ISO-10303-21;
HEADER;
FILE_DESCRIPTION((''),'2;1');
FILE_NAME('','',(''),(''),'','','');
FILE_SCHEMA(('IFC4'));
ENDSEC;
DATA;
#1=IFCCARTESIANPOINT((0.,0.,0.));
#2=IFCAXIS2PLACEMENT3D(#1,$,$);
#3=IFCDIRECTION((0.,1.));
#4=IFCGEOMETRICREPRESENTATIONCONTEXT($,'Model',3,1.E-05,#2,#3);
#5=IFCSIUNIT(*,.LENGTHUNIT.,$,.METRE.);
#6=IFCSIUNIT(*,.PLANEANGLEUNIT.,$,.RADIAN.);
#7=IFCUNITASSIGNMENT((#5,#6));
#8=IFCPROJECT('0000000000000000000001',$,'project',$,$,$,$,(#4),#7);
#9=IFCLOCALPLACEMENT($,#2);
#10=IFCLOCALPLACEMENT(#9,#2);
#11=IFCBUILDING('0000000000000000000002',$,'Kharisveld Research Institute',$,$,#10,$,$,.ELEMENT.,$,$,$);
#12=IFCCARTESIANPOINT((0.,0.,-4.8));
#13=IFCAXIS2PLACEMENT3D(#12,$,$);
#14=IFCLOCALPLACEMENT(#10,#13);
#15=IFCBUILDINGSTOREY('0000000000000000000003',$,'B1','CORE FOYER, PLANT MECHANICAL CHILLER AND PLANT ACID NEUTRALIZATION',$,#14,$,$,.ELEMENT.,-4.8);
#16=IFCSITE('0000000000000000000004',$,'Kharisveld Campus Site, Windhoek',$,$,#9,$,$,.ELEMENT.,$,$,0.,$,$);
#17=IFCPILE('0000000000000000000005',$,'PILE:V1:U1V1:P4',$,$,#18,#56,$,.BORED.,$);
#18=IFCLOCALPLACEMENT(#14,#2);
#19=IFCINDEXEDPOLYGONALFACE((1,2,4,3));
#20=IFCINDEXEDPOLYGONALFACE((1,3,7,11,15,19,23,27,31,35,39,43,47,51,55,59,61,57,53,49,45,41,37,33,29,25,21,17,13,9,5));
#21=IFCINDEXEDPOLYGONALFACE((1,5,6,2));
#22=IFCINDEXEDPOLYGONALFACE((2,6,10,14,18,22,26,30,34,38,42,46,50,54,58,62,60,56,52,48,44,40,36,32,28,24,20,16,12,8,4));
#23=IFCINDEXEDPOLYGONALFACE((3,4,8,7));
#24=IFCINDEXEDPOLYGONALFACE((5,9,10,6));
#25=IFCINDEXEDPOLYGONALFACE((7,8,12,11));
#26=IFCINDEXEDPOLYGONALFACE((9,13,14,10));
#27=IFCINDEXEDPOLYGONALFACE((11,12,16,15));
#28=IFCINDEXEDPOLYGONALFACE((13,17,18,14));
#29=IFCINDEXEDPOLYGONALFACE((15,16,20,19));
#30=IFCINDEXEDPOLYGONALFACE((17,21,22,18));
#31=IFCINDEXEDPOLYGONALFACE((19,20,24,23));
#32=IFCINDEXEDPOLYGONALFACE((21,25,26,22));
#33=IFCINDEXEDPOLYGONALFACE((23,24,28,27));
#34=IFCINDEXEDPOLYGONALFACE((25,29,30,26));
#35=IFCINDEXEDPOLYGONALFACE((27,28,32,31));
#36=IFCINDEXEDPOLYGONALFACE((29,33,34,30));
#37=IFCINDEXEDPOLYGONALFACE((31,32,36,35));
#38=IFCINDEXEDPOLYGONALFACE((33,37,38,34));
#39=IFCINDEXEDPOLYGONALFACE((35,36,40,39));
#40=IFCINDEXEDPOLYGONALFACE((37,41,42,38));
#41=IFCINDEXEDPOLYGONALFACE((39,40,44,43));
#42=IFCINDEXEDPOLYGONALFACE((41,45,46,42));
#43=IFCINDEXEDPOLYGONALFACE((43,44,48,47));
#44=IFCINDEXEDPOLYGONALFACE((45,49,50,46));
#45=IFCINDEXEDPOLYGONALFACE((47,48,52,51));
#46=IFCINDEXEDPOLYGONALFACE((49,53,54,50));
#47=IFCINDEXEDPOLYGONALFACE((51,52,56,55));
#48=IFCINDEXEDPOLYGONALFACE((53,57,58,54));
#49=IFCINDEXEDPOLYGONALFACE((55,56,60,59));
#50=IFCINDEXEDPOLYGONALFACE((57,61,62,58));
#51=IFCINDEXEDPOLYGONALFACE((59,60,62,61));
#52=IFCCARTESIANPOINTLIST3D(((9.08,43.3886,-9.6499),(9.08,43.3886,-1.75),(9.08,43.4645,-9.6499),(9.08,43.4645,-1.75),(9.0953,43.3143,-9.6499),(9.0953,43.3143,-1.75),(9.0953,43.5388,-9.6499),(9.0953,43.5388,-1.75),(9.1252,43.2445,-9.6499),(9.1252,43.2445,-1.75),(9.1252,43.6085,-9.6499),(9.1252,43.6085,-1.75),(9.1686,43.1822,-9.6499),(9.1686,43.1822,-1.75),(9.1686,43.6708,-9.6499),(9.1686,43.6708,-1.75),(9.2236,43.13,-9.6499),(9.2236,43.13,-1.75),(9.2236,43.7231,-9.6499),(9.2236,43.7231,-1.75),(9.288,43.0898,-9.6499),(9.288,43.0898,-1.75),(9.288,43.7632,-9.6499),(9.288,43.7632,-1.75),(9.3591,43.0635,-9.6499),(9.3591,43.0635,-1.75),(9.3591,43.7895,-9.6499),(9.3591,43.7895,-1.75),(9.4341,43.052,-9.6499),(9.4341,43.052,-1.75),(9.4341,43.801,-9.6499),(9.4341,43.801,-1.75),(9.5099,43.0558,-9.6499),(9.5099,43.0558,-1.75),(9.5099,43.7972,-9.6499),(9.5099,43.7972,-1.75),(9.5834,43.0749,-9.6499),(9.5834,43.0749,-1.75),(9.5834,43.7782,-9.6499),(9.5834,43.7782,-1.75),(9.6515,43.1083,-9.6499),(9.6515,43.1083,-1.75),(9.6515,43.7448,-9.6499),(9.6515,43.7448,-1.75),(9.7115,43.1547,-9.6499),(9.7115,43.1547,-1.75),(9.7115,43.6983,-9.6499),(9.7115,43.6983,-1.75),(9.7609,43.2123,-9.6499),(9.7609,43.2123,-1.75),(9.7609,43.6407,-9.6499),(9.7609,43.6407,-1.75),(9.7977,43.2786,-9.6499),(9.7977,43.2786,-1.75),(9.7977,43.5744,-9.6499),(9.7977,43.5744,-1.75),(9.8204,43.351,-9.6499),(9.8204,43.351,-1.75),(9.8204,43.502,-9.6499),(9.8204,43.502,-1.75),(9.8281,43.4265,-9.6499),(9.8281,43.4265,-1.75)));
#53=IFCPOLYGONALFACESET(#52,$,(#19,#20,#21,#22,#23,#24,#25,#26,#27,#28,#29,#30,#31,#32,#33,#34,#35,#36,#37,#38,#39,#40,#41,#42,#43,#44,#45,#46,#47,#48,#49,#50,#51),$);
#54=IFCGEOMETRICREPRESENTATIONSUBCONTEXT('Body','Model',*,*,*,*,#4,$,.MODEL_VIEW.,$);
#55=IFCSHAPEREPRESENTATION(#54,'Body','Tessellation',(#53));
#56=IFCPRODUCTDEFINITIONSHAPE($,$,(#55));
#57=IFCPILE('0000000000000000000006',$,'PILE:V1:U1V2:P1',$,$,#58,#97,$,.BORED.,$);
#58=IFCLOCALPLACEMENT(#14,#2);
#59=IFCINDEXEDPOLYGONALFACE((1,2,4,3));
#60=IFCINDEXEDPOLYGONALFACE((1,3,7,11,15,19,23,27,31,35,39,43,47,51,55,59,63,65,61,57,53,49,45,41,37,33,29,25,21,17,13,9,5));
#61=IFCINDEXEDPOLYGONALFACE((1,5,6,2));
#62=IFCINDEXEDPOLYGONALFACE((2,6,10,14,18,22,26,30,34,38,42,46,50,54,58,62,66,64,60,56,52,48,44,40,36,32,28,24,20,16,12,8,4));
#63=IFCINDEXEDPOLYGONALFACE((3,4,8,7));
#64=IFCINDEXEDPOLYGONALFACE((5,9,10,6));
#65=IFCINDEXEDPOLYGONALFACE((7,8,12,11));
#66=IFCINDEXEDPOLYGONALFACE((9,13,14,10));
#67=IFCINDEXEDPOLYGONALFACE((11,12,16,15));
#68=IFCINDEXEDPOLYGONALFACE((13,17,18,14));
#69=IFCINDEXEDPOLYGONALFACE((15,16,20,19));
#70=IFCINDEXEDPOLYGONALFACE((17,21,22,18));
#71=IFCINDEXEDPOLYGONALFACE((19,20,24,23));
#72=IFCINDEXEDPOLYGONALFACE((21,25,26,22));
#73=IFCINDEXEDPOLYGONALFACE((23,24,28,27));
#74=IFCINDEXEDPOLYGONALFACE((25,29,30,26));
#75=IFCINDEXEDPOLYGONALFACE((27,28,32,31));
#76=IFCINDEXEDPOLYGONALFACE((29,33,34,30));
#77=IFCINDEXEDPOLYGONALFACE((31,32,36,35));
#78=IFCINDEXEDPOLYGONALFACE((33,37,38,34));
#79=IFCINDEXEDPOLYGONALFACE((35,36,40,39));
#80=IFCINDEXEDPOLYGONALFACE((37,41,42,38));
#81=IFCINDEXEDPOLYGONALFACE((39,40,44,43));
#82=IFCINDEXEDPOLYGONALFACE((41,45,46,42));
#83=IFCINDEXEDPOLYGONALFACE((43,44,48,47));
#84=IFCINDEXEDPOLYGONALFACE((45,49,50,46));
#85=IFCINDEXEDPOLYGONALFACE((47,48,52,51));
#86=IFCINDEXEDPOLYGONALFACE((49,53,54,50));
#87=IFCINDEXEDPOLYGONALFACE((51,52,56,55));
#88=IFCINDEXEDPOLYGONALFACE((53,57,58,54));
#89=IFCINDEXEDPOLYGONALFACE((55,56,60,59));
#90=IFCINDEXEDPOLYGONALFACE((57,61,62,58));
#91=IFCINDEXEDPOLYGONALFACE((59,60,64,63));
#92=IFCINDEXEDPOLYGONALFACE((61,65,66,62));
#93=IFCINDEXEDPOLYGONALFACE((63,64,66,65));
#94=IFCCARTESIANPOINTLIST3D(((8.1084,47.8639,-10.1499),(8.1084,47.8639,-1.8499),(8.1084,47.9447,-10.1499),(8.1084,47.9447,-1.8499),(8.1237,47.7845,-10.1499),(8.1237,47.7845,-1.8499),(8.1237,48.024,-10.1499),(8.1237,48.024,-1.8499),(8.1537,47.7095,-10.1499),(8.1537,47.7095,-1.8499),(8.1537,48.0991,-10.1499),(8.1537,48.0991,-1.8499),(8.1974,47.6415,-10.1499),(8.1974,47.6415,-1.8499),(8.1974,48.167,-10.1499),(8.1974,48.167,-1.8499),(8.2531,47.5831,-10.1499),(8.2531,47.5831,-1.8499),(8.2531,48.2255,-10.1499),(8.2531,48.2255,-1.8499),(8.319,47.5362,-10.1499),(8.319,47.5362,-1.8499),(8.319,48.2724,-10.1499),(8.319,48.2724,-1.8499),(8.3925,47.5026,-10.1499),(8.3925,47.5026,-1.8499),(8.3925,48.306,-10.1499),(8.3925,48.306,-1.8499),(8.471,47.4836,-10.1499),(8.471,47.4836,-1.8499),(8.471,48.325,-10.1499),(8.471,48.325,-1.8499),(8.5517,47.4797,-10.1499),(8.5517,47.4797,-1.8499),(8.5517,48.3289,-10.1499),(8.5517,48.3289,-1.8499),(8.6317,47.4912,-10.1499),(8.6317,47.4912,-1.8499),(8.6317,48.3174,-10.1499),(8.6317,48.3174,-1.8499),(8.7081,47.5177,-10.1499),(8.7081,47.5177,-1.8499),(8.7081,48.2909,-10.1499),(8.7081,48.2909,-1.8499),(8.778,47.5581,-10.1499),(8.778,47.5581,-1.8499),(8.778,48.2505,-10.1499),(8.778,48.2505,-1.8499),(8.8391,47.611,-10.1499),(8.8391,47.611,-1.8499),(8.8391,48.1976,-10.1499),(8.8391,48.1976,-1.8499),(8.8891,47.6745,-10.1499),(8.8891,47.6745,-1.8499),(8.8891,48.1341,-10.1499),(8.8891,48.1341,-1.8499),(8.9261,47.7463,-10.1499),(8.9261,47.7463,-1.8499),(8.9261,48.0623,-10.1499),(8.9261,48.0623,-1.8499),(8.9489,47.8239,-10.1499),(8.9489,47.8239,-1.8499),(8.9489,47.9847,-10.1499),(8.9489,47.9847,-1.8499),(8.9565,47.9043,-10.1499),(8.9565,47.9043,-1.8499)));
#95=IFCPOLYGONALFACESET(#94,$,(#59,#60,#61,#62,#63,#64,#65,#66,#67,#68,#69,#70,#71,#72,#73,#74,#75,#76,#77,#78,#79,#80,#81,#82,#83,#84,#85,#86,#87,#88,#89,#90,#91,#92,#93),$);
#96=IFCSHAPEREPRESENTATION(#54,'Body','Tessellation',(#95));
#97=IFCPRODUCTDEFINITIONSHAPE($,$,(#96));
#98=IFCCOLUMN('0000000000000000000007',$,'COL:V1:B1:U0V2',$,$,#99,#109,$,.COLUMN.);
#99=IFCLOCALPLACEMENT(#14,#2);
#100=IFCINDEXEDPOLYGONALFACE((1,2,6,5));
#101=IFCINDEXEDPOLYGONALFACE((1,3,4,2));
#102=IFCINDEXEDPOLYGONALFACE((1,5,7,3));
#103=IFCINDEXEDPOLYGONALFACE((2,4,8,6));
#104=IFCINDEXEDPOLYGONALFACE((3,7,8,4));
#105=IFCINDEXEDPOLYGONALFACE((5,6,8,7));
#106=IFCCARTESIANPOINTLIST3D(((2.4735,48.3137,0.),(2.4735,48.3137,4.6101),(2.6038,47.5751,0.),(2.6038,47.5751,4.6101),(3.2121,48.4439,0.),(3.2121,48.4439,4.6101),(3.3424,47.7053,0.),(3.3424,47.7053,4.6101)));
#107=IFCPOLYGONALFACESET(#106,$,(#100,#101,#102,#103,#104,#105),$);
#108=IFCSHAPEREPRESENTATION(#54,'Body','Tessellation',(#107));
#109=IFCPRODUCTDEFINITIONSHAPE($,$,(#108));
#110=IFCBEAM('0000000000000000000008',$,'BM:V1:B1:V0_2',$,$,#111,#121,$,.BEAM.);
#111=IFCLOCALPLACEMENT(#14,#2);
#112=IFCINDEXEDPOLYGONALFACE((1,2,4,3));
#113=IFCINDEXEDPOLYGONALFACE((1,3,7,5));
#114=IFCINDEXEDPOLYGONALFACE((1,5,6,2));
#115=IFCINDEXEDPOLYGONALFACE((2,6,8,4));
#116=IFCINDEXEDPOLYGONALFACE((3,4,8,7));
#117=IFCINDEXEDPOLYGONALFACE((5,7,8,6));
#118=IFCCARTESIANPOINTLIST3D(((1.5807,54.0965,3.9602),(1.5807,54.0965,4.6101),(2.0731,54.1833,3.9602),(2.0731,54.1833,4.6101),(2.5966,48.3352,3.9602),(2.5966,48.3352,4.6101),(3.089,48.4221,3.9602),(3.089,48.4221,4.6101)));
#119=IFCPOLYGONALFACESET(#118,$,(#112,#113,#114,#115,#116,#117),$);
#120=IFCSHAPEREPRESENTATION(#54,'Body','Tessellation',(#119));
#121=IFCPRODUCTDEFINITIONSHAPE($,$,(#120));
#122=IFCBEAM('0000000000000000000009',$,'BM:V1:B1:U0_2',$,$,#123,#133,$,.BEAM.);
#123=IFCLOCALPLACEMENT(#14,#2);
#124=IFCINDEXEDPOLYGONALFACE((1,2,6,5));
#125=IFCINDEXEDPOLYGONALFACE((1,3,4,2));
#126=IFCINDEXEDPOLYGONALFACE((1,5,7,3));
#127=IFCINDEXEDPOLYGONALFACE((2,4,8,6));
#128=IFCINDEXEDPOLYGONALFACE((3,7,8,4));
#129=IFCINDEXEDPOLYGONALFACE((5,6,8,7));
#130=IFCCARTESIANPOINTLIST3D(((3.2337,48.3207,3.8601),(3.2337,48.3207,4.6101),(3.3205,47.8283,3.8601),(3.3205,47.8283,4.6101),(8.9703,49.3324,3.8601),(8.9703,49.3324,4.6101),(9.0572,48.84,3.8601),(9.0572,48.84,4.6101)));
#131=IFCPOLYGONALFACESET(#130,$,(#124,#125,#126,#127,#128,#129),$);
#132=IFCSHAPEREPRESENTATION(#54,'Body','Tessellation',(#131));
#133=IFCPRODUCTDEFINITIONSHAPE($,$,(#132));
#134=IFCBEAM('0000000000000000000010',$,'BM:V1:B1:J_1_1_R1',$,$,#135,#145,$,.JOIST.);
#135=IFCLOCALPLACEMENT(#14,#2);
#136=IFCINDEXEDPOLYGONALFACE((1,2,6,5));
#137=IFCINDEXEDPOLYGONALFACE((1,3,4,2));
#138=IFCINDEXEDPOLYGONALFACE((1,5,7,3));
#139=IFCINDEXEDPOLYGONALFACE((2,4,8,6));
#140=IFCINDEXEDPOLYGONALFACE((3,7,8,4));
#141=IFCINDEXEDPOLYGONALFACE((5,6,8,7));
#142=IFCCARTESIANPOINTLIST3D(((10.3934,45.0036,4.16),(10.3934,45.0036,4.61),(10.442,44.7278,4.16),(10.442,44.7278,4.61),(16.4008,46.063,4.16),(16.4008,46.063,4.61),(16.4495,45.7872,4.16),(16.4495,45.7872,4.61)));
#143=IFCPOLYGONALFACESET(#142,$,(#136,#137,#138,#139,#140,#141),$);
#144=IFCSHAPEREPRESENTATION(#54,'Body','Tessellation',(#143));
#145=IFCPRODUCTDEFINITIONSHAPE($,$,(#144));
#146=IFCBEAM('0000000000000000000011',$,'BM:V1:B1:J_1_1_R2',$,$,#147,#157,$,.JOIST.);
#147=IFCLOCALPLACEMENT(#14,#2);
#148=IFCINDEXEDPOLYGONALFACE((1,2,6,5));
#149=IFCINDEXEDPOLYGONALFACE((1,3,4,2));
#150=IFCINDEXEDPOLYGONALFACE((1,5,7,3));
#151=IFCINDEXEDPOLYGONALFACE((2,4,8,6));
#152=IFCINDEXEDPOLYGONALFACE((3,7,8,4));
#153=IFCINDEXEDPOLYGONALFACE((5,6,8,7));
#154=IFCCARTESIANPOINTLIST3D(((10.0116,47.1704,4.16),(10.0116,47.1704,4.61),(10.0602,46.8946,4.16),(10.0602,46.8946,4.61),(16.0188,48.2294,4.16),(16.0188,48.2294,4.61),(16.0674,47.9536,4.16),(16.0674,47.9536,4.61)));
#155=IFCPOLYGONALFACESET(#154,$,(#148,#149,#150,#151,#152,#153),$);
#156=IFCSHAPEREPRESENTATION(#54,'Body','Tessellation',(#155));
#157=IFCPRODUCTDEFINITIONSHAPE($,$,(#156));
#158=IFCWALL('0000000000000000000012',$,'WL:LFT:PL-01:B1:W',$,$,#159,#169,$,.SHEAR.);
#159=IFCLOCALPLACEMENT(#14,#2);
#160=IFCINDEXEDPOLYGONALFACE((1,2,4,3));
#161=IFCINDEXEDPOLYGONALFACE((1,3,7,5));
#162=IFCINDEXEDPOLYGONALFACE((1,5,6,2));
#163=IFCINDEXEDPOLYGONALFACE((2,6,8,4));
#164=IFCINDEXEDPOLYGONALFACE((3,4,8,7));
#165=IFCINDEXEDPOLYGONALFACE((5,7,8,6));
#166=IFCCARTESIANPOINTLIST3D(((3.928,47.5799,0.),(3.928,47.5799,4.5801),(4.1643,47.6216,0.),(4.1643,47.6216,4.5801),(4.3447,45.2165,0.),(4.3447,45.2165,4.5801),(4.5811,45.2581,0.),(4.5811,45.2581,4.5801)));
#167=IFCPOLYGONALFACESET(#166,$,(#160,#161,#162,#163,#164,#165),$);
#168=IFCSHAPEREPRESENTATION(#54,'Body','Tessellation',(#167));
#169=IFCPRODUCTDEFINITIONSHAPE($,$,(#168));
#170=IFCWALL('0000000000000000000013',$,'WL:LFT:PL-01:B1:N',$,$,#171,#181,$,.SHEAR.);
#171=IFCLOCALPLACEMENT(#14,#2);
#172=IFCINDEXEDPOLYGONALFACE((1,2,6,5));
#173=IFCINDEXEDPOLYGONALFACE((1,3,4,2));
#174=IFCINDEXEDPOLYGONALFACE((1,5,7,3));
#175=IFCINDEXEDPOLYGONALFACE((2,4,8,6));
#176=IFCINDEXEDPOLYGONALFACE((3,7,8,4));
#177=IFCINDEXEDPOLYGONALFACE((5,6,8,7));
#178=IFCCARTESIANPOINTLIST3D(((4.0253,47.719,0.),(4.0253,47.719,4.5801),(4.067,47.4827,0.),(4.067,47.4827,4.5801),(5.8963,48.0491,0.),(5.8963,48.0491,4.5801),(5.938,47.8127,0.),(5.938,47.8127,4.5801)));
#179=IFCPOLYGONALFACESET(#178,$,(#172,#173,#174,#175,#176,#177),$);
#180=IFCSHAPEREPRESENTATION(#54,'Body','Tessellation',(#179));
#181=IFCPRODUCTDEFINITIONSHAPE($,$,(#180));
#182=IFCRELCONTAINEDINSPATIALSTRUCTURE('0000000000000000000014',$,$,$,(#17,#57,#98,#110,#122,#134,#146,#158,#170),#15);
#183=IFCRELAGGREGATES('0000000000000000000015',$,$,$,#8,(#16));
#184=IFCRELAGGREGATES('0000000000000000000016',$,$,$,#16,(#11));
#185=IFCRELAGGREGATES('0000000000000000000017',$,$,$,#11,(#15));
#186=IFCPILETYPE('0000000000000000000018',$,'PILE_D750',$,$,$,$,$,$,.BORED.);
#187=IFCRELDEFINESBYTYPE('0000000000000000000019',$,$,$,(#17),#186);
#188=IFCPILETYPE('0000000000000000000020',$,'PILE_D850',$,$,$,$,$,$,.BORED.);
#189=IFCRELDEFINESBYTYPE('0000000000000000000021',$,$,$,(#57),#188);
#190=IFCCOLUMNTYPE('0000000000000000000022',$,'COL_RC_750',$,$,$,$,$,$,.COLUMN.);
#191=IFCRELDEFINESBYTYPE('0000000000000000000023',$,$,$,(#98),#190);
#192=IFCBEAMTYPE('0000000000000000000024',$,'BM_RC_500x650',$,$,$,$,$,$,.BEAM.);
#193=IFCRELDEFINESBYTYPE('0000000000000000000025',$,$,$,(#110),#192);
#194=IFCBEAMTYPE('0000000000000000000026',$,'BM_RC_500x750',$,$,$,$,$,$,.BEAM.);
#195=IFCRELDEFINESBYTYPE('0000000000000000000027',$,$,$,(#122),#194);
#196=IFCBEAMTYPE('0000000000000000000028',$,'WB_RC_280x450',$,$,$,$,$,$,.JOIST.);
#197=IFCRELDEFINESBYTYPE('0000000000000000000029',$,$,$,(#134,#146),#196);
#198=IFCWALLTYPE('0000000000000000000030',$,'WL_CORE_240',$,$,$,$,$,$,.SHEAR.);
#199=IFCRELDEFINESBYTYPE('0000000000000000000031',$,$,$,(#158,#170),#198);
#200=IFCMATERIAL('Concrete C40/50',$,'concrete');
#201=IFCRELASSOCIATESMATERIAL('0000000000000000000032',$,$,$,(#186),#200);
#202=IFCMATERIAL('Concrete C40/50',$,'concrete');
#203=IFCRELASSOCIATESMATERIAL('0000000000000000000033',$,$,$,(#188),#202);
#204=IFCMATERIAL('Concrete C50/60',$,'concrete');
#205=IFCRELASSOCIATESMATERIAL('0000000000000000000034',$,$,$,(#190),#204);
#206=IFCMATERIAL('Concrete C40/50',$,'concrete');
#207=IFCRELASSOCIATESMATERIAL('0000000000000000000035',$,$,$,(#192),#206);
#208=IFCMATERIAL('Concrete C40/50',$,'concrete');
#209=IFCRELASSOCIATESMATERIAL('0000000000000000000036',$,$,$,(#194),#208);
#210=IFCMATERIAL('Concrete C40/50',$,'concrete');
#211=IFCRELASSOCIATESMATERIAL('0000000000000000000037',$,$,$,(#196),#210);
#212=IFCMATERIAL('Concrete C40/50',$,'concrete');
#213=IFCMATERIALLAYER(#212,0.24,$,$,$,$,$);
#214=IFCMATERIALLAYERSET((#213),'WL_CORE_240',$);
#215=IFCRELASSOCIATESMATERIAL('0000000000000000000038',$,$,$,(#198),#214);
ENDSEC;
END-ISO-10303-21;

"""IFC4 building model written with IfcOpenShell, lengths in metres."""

from ifc_helpers import new_model, si_unit, direction, frame, frame_2d, origin, origin_2d, place, context, subcontext, project, spatial, rectangle, circle, extrude, material, layer, layer_set, material_profile, profile_set, type_object, element, save


model = new_model("IFC4")

# Units and contexts
model_context = context("Model", 3, precision=1e-05, world=origin(), true_north=direction((0.0, 1.0)))
body_context = subcontext(model_context, "Body", "Model", "MODEL_VIEW")
ifc_project = project(units=[si_unit("LENGTHUNIT", "METRE"), si_unit("PLANEANGLEUNIT", "RADIAN")], contexts=[model_context])

# Site, building, storey
site_placement = place(None, origin())
site = spatial("IfcSite", under=ifc_project, at=site_placement, Name="Kharisveld Campus Site, Windhoek", CompositionType="ELEMENT", RefElevation=0.0)
building_placement = place(site_placement, origin())
building = spatial("IfcBuilding", under=site, at=building_placement, Name="Kharisveld Research Institute", CompositionType="ELEMENT")
storey_placement = place(building_placement, frame((0.0, 0.0, -4.8)))
storey = spatial("IfcBuildingStorey", under=building, at=storey_placement, Name="B1", Description="CORE FOYER, PLANT MECHANICAL CHILLER AND PLANT ACID NEUTRALIZATION", CompositionType="ELEMENT", Elevation=-4.8)

# Piles
ifc_material_1 = material(Name="Concrete C40/50", Category="concrete")
ifc_material_profile_1 = material_profile(ifc_material_1, circle(Radius=0.375, at=origin_2d()))
ifc_profile_set_1 = profile_set([ifc_material_profile_1], Name="Concrete C40/50")
pile_type_1 = type_object("IfcPileType", Name="PILE_D750", PredefinedType="BORED", material=ifc_profile_set_1)
pile_1_placement = place(storey_placement, frame((9.4531, 43.4265, -1.75), z_axis=(0.0, 0.0, -1.0), x_axis=(1.0, 0.0, 0.0)))
element("IfcPile", 1, at=pile_1_placement, inside=storey, type_object=pile_type_1, Name="PILE:V1:U1V1:P4", PredefinedType="BORED", context=body_context, shape_type="SweptSolid", body=[
    extrude(circle(Radius=0.375, at=origin_2d()), origin(), (0.0, 0.0, 1.0), 7.8999),
])
ifc_material_2 = material(Name="Concrete C40/50", Category="concrete")
ifc_material_profile_2 = material_profile(ifc_material_2, circle(Radius=0.425, at=origin_2d()))
ifc_profile_set_2 = profile_set([ifc_material_profile_2], Name="Concrete C40/50")
pile_type_2 = type_object("IfcPileType", Name="PILE_D850", PredefinedType="BORED", material=ifc_profile_set_2)
pile_2_placement = place(storey_placement, frame((8.5315, 47.9043, -1.8499), z_axis=(0.0, 0.0, -1.0), x_axis=(1.0, 0.0, 0.0)))
element("IfcPile", 2, at=pile_2_placement, inside=storey, type_object=pile_type_2, Name="PILE:V1:U1V2:P1", PredefinedType="BORED", context=body_context, shape_type="SweptSolid", body=[
    extrude(circle(Radius=0.425, at=origin_2d()), origin(), (0.0, 0.0, 1.0), 8.3),
])

# Column
ifc_material_3 = material(Name="Concrete C50/60", Category="concrete")
ifc_material_profile_3 = material_profile(ifc_material_3, rectangle(XDim=0.75, YDim=0.75, at=origin_2d()))
ifc_profile_set_3 = profile_set([ifc_material_profile_3], Name="Concrete C50/60")
column_type = type_object("IfcColumnType", Name="COL_RC_750", PredefinedType="COLUMN", material=ifc_profile_set_3)
column_placement = place(storey_placement, frame((2.908, 48.0095, 0.0), z_axis=(0.0, 0.0, 1.0), x_axis=(0.984808, 0.173648, 0.0)))
element("IfcColumn", 3, at=column_placement, inside=storey, type_object=column_type, Name="COL:V1:B1:U0V2", PredefinedType="COLUMN", context=body_context, shape_type="SweptSolid", body=[
    extrude(rectangle(XDim=0.75, YDim=0.75, at=origin_2d()), origin(), (0.0, 0.0, 1.0), 4.6101),
])

# Beams
ifc_material_4 = material(Name="Concrete C40/50", Category="concrete")
ifc_material_profile_4 = material_profile(ifc_material_4, rectangle(XDim=0.5, YDim=0.6499, at=origin_2d()))
ifc_profile_set_4 = profile_set([ifc_material_profile_4], Name="Concrete C40/50")
beam_type_1 = type_object("IfcBeamType", Name="BM_RC_500x650", PredefinedType="BEAM", material=ifc_profile_set_4)
beam_1_placement = place(storey_placement, frame((2.8428, 48.3787, 4.2852), z_axis=(-0.17365, 0.984807, 0.0), x_axis=(-0.984807, -0.17365, 0.0)))
element("IfcBeam", 4, at=beam_1_placement, inside=storey, type_object=beam_type_1, Name="BM:V1:B1:V0_2", PredefinedType="BEAM", context=body_context, shape_type="SweptSolid", body=[
    extrude(rectangle(XDim=0.5, YDim=0.6499, at=origin_2d()), origin(), (0.0, 0.0, 1.0), 5.8501),
])
ifc_material_5 = material(Name="Concrete C40/50", Category="concrete")
ifc_material_profile_5 = material_profile(ifc_material_5, rectangle(XDim=0.5, YDim=0.75, at=origin_2d()))
ifc_profile_set_5 = profile_set([ifc_material_profile_5], Name="Concrete C40/50")
beam_type_2 = type_object("IfcBeamType", Name="BM_RC_500x750", PredefinedType="BEAM", material=ifc_profile_set_5)
beam_2_placement = place(storey_placement, frame((3.2771, 48.0745, 4.2351), z_axis=(0.984802, 0.173683, 0.0), x_axis=(-0.173683, 0.984802, 0.0)))
element("IfcBeam", 5, at=beam_2_placement, inside=storey, type_object=beam_type_2, Name="BM:V1:B1:U0_2", PredefinedType="BEAM", context=body_context, shape_type="SweptSolid", body=[
    extrude(rectangle(XDim=0.5, YDim=0.75, at=origin_2d()), origin(), (0.0, 0.0, 1.0), 5.8252),
])
ifc_material_6 = material(Name="Concrete C40/50", Category="concrete")
ifc_material_profile_6 = material_profile(ifc_material_6, rectangle(XDim=0.28, YDim=0.45, at=origin_2d()))
ifc_profile_set_6 = profile_set([ifc_material_profile_6], Name="Concrete C40/50")
beam_type_3 = type_object("IfcBeamType", Name="WB_RC_280x450", PredefinedType="JOIST", material=ifc_profile_set_6)
beam_3_placement = place(storey_placement, frame((10.4177, 44.8657, 4.385), z_axis=(0.984806, 0.17366, 0.0), x_axis=(-0.17366, 0.984806, 0.0)))
element("IfcBeam", 6, at=beam_3_placement, inside=storey, type_object=beam_type_3, Name="BM:V1:B1:J_1_1_R1", PredefinedType="JOIST", context=body_context, shape_type="SweptSolid", body=[
    extrude(rectangle(XDim=0.28, YDim=0.45, at=origin_2d()), origin(), (0.0, 0.0, 1.0), 6.1001),
])
beam_4_placement = place(storey_placement, frame((10.0359, 47.0325, 4.385), z_axis=(0.984813, 0.173621, 0.0), x_axis=(-0.173621, 0.984813, 0.0)))
element("IfcBeam", 7, at=beam_4_placement, inside=storey, type_object=beam_type_3, Name="BM:V1:B1:J_1_1_R2", PredefinedType="JOIST", context=body_context, shape_type="SweptSolid", body=[
    extrude(rectangle(XDim=0.28, YDim=0.45, at=origin_2d()), origin(), (0.0, 0.0, 1.0), 6.0999),
])

# Walls
ifc_material_7 = material(Name="Concrete C40/50", Category="concrete")
ifc_layer_1 = layer(ifc_material_7, 0.24)
ifc_layer_set_1 = layer_set([ifc_layer_1], Name="WL_CORE_240")
wall_type_1 = type_object("IfcWallType", Name="WL_CORE_240", PredefinedType="SHEAR", material=ifc_layer_set_1)
wall_1_placement = place(storey_placement, frame((4.4629, 45.2373, 0.0), z_axis=(0.0, 0.0, 1.0), x_axis=(-0.173646, 0.984808, 0.0)))
element("IfcWall", 8, at=wall_1_placement, inside=storey, type_object=wall_type_1, Name="WL:LFT:PL-01:B1:W", PredefinedType="SHEAR", context=body_context, shape_type="SweptSolid", body=[
    extrude(rectangle(XDim=2.3999, YDim=0.24, at=frame_2d((1.2, 0.0))), origin(), (0.0, 0.0, 1.0), 4.5801),
])
wall_2_placement = place(storey_placement, frame((4.0461, 47.6008, 0.0), z_axis=(0.0, 0.0, 1.0), x_axis=(0.984794, 0.173727, 0.0)))
element("IfcWall", 9, at=wall_2_placement, inside=storey, type_object=wall_type_1, Name="WL:LFT:PL-01:B1:N", PredefinedType="SHEAR", context=body_context, shape_type="SweptSolid", body=[
    extrude(rectangle(XDim=1.8999, YDim=0.24, at=frame_2d((0.95, 0.0))), origin(), (0.0, 0.0, 1.0), 4.5801),
])

save(model, "model.ifc")
